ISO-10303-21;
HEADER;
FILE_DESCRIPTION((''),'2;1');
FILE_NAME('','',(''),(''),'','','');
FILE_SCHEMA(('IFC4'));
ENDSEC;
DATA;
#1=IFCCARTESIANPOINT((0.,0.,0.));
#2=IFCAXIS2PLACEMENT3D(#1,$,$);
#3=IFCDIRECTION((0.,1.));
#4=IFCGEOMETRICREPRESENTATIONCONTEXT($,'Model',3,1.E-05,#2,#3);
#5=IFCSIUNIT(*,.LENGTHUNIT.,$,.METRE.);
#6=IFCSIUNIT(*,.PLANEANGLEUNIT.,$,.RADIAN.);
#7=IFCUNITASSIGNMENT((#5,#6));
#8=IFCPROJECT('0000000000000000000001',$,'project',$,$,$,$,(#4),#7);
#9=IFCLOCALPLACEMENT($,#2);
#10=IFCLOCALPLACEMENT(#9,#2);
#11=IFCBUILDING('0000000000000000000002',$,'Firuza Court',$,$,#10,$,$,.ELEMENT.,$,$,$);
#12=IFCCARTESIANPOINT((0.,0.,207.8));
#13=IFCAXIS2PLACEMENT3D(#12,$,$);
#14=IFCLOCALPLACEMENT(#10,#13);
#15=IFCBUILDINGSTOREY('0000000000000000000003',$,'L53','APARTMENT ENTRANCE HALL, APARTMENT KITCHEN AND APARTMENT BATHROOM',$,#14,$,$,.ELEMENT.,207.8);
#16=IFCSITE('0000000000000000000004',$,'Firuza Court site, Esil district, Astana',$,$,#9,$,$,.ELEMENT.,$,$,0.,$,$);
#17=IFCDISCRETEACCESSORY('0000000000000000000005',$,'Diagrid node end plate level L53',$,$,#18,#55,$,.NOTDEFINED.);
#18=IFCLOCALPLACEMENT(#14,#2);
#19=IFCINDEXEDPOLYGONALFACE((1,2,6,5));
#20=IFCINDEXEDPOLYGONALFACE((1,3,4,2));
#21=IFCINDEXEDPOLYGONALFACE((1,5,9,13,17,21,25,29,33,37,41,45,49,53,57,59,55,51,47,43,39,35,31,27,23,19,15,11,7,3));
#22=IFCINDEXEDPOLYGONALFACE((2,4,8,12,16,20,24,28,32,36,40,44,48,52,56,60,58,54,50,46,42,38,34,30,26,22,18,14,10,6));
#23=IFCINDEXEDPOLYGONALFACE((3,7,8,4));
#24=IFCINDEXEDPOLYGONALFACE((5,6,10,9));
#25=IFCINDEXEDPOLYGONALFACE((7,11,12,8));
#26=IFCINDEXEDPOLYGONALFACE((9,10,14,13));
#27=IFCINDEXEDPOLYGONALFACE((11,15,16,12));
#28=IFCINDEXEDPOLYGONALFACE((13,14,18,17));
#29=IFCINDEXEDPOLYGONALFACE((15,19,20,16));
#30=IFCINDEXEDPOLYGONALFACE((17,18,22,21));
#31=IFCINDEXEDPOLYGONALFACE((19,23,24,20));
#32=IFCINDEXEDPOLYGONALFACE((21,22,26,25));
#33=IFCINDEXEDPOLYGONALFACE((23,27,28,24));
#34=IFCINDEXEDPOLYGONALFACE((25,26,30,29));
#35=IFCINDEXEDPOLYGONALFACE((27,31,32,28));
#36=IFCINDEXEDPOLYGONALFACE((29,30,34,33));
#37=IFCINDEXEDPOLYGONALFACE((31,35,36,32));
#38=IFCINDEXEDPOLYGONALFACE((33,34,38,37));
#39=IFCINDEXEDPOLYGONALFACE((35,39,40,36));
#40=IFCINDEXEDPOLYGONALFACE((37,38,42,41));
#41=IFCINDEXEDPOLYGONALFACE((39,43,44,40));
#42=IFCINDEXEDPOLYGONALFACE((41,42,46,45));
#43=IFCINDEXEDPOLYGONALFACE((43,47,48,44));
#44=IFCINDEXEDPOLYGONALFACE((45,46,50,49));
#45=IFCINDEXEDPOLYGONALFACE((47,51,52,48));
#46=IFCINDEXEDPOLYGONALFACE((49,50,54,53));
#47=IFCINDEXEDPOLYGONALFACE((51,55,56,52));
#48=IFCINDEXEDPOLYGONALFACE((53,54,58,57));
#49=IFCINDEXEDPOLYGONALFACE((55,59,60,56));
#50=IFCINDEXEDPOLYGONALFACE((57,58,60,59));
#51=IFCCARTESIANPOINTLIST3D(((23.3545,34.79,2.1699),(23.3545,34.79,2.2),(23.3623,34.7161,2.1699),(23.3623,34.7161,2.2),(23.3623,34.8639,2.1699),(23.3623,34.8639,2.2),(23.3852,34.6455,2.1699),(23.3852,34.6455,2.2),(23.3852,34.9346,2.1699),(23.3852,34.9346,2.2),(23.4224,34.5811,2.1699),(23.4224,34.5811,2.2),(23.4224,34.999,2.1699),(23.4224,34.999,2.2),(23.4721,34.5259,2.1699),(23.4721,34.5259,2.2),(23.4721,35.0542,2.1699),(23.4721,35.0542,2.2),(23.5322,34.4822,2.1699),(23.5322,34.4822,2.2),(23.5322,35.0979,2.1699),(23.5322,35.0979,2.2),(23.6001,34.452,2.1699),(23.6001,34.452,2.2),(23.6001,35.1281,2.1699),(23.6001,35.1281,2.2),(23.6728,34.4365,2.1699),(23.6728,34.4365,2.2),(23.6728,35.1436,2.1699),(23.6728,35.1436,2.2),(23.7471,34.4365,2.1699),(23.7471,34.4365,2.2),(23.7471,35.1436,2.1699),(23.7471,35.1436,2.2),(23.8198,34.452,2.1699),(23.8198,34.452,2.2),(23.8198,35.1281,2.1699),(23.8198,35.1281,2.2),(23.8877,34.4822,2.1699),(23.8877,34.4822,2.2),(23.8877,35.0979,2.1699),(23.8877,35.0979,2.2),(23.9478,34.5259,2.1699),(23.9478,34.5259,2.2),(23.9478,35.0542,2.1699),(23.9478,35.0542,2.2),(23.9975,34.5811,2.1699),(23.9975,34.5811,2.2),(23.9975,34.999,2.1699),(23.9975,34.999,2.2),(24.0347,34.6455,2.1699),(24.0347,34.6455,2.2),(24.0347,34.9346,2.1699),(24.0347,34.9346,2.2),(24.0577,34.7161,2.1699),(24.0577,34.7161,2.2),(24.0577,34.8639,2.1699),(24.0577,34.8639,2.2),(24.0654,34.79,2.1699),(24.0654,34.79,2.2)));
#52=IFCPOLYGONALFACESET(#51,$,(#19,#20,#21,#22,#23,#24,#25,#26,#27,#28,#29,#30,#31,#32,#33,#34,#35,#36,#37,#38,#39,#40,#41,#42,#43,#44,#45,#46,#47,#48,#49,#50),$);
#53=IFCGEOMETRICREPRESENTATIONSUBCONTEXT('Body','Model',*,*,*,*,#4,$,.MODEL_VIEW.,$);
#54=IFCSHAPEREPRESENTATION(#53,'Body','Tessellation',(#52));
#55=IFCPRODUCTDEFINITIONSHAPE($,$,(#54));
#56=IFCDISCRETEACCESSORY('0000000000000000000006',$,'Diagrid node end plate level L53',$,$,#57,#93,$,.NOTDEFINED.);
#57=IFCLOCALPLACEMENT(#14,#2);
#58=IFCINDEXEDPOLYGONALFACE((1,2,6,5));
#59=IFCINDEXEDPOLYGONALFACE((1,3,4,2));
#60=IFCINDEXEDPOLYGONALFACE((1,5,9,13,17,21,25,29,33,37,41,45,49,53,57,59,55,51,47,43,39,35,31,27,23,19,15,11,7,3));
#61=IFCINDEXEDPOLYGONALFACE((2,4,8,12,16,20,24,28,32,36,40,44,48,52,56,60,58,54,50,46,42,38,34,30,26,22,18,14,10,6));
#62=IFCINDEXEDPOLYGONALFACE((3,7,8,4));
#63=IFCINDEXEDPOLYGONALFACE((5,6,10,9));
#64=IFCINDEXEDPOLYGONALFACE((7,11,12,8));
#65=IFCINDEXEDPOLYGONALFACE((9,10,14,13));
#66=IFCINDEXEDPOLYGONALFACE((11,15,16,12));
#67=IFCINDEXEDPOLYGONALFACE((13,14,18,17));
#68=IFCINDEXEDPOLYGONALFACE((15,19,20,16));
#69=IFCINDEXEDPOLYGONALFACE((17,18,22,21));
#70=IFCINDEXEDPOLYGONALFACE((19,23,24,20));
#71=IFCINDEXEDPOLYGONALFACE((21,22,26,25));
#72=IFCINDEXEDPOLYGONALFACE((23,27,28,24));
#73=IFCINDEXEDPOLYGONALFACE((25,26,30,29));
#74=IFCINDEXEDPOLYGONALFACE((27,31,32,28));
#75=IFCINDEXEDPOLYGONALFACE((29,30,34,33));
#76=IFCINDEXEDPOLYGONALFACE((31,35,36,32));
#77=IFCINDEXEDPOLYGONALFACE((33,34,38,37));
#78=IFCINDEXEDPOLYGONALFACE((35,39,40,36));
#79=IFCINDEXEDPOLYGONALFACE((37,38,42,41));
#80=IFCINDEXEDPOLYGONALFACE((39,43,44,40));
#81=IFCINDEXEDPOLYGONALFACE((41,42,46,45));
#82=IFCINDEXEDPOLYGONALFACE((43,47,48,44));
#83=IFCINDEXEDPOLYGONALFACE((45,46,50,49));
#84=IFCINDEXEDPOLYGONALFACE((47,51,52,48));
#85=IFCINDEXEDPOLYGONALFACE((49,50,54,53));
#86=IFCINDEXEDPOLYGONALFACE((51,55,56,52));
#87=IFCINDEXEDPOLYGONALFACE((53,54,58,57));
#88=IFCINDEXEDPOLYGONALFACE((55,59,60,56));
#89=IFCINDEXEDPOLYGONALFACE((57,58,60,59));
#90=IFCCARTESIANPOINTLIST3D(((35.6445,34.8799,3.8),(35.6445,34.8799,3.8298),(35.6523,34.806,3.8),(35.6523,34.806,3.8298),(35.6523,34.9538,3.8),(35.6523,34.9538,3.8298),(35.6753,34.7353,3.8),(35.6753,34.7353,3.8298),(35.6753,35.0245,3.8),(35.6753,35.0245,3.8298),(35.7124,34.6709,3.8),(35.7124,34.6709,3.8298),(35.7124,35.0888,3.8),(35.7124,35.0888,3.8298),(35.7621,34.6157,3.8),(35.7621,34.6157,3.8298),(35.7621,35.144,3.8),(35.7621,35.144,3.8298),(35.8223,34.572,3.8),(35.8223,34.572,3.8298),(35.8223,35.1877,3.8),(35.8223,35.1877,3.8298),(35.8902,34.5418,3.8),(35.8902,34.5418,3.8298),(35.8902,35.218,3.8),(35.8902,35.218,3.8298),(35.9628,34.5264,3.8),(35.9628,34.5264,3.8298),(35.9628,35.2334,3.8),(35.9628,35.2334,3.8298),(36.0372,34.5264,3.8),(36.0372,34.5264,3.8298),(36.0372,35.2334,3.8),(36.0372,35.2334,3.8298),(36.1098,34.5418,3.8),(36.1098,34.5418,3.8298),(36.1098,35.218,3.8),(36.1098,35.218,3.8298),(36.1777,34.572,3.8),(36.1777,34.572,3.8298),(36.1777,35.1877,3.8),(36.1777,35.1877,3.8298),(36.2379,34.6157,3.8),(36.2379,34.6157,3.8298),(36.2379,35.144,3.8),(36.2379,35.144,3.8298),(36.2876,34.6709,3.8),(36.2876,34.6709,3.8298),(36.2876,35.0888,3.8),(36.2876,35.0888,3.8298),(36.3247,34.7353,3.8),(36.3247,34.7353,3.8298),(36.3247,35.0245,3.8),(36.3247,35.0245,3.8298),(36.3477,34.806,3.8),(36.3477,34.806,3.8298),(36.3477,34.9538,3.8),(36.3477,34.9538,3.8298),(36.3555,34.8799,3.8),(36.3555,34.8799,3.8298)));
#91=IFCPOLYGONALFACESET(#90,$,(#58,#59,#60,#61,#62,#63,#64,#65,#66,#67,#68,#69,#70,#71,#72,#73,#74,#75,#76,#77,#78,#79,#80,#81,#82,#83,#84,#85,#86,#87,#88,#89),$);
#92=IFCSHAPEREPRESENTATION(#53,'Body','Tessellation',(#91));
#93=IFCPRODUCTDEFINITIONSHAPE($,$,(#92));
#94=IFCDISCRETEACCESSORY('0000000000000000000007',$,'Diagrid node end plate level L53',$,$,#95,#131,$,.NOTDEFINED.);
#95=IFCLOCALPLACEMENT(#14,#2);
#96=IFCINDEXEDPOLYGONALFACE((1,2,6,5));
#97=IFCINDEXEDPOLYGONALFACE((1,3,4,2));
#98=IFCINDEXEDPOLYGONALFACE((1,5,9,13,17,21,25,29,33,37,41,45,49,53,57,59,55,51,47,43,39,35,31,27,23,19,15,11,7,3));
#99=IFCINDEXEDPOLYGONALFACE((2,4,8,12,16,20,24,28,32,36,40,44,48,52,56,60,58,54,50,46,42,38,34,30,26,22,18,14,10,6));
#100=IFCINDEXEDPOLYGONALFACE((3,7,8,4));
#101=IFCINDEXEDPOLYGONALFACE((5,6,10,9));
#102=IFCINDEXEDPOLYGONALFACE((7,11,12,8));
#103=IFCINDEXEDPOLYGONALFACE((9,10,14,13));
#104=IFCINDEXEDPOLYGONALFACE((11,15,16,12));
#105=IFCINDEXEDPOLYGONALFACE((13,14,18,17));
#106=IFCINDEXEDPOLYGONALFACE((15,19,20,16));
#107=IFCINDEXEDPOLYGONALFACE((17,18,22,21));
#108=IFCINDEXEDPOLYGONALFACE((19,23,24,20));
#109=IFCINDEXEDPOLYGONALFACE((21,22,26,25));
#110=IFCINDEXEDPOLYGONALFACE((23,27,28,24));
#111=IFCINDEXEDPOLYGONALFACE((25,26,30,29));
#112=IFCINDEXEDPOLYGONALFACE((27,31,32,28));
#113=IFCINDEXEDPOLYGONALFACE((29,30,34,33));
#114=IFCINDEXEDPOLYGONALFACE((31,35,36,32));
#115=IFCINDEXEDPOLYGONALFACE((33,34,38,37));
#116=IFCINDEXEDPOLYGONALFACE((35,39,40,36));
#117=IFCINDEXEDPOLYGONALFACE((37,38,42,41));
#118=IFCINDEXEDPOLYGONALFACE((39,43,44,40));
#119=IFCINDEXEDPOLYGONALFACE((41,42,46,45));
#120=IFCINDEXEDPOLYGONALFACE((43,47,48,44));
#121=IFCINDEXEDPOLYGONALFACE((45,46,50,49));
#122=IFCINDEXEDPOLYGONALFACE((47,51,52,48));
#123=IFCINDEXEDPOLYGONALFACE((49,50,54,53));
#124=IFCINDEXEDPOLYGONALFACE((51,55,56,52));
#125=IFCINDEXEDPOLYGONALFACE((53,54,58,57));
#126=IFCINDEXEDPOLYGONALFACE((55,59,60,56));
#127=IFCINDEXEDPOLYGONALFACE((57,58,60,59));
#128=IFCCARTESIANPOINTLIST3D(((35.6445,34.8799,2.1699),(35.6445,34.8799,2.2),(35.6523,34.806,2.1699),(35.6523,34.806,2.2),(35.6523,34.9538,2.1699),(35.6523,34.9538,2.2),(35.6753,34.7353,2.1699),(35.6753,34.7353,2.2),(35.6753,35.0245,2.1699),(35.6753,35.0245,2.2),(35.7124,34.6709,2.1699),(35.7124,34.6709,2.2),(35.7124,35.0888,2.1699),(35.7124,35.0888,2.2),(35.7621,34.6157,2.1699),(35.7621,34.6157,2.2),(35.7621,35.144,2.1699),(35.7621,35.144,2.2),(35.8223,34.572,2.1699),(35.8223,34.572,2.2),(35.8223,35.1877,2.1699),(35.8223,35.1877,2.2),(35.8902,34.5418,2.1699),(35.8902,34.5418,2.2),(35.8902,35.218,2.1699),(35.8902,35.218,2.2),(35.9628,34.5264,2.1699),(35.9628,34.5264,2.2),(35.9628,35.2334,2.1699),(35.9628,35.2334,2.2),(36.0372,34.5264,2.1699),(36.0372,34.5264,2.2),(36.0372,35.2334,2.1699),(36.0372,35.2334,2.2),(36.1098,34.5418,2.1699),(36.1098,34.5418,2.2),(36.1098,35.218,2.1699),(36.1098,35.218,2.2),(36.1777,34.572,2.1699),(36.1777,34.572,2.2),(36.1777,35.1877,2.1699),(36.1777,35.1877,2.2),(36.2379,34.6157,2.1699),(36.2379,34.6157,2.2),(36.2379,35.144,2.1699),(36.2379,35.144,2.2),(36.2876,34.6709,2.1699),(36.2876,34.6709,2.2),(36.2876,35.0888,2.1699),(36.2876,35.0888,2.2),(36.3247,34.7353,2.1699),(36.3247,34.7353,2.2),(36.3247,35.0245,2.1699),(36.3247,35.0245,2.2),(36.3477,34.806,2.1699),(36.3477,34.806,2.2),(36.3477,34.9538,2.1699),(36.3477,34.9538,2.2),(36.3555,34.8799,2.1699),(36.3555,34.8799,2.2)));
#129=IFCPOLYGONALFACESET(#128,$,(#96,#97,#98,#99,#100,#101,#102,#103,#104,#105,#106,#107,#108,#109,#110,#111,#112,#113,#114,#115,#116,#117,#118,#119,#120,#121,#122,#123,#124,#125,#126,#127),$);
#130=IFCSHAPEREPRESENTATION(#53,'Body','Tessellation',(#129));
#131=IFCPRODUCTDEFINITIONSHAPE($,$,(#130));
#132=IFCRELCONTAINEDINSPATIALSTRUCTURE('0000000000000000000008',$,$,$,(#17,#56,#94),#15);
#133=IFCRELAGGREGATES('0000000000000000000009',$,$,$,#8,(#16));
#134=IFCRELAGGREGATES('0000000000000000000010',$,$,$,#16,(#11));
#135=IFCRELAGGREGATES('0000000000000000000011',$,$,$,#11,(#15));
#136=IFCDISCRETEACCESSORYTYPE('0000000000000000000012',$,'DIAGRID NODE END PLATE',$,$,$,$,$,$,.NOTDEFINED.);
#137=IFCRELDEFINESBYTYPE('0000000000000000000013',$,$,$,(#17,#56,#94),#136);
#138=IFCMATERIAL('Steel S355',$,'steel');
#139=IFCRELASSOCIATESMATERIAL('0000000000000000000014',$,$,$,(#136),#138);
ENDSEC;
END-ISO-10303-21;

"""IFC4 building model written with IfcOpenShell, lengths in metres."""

from ifc_helpers import new_model, si_unit, direction, frame, origin, origin_2d, place, context, subcontext, project, spatial, circle, extrude, material, material_profile, profile_set, type_object, element, save


model = new_model("IFC4")

# Units and contexts
model_context = context("Model", 3, precision=1e-05, world=origin(), true_north=direction((0.0, 1.0)))
body_context = subcontext(model_context, "Body", "Model", "MODEL_VIEW")
ifc_project = project(units=[si_unit("LENGTHUNIT", "METRE"), si_unit("PLANEANGLEUNIT", "RADIAN")], contexts=[model_context])

# Site, building, storey
site_placement = place(None, origin())
site = spatial("IfcSite", under=ifc_project, at=site_placement, Name="Firuza Court site, Esil district, Astana", CompositionType="ELEMENT", RefElevation=0.0)
building_placement = place(site_placement, origin())
building = spatial("IfcBuilding", under=site, at=building_placement, Name="Firuza Court", CompositionType="ELEMENT")
storey_placement = place(building_placement, frame((0.0, 0.0, 207.8)))
storey = spatial("IfcBuildingStorey", under=building, at=storey_placement, Name="L53", Description="APARTMENT ENTRANCE HALL, APARTMENT KITCHEN AND APARTMENT BATHROOM", CompositionType="ELEMENT", Elevation=207.8)

# Discrete accessories
ifc_material_1 = material(Name="Steel S355", Category="steel")
ifc_material_profile_1 = material_profile(ifc_material_1, circle(Radius=0.3555, at=origin_2d()), Name="PL D711")
ifc_profile_set_1 = profile_set([ifc_material_profile_1], Name="Steel S355")
discrete_accessory_type = type_object("IfcDiscreteAccessoryType", Name="DIAGRID NODE END PLATE", PredefinedType="NOTDEFINED", material=ifc_profile_set_1)
discrete_accessory_1_placement = place(storey_placement, frame((23.71, 34.79, 2.1699), z_axis=(0.0, 0.0, 1.0), x_axis=(1.0, 0.0, 0.0)))
element("IfcDiscreteAccessory", 1, at=discrete_accessory_1_placement, inside=storey, type_object=discrete_accessory_type, Name="Diagrid node end plate level L53", PredefinedType="NOTDEFINED", context=body_context, shape_type="SweptSolid", body=[
    extrude(circle(Radius=0.3555, at=origin_2d()), origin(), (0.0, 0.0, 1.0), 0.03),
])
discrete_accessory_2_placement = place(storey_placement, frame((36.0, 34.8799, 3.8), z_axis=(0.0, 0.0, 1.0), x_axis=(1.0, 0.0, 0.0)))
element("IfcDiscreteAccessory", 2, at=discrete_accessory_2_placement, inside=storey, type_object=discrete_accessory_type, Name="Diagrid node end plate level L53", PredefinedType="NOTDEFINED", context=body_context, shape_type="SweptSolid", body=[
    extrude(circle(Radius=0.3555, at=origin_2d()), origin(), (0.0, 0.0, 1.0), 0.0298),
])
discrete_accessory_3_placement = place(storey_placement, frame((36.0, 34.8799, 2.1699), z_axis=(0.0, 0.0, 1.0), x_axis=(1.0, 0.0, 0.0)))
element("IfcDiscreteAccessory", 3, at=discrete_accessory_3_placement, inside=storey, type_object=discrete_accessory_type, Name="Diagrid node end plate level L53", PredefinedType="NOTDEFINED", context=body_context, shape_type="SweptSolid", body=[
    extrude(circle(Radius=0.3555, at=origin_2d()), origin(), (0.0, 0.0, 1.0), 0.03),
])

save(model, "model.ifc")
